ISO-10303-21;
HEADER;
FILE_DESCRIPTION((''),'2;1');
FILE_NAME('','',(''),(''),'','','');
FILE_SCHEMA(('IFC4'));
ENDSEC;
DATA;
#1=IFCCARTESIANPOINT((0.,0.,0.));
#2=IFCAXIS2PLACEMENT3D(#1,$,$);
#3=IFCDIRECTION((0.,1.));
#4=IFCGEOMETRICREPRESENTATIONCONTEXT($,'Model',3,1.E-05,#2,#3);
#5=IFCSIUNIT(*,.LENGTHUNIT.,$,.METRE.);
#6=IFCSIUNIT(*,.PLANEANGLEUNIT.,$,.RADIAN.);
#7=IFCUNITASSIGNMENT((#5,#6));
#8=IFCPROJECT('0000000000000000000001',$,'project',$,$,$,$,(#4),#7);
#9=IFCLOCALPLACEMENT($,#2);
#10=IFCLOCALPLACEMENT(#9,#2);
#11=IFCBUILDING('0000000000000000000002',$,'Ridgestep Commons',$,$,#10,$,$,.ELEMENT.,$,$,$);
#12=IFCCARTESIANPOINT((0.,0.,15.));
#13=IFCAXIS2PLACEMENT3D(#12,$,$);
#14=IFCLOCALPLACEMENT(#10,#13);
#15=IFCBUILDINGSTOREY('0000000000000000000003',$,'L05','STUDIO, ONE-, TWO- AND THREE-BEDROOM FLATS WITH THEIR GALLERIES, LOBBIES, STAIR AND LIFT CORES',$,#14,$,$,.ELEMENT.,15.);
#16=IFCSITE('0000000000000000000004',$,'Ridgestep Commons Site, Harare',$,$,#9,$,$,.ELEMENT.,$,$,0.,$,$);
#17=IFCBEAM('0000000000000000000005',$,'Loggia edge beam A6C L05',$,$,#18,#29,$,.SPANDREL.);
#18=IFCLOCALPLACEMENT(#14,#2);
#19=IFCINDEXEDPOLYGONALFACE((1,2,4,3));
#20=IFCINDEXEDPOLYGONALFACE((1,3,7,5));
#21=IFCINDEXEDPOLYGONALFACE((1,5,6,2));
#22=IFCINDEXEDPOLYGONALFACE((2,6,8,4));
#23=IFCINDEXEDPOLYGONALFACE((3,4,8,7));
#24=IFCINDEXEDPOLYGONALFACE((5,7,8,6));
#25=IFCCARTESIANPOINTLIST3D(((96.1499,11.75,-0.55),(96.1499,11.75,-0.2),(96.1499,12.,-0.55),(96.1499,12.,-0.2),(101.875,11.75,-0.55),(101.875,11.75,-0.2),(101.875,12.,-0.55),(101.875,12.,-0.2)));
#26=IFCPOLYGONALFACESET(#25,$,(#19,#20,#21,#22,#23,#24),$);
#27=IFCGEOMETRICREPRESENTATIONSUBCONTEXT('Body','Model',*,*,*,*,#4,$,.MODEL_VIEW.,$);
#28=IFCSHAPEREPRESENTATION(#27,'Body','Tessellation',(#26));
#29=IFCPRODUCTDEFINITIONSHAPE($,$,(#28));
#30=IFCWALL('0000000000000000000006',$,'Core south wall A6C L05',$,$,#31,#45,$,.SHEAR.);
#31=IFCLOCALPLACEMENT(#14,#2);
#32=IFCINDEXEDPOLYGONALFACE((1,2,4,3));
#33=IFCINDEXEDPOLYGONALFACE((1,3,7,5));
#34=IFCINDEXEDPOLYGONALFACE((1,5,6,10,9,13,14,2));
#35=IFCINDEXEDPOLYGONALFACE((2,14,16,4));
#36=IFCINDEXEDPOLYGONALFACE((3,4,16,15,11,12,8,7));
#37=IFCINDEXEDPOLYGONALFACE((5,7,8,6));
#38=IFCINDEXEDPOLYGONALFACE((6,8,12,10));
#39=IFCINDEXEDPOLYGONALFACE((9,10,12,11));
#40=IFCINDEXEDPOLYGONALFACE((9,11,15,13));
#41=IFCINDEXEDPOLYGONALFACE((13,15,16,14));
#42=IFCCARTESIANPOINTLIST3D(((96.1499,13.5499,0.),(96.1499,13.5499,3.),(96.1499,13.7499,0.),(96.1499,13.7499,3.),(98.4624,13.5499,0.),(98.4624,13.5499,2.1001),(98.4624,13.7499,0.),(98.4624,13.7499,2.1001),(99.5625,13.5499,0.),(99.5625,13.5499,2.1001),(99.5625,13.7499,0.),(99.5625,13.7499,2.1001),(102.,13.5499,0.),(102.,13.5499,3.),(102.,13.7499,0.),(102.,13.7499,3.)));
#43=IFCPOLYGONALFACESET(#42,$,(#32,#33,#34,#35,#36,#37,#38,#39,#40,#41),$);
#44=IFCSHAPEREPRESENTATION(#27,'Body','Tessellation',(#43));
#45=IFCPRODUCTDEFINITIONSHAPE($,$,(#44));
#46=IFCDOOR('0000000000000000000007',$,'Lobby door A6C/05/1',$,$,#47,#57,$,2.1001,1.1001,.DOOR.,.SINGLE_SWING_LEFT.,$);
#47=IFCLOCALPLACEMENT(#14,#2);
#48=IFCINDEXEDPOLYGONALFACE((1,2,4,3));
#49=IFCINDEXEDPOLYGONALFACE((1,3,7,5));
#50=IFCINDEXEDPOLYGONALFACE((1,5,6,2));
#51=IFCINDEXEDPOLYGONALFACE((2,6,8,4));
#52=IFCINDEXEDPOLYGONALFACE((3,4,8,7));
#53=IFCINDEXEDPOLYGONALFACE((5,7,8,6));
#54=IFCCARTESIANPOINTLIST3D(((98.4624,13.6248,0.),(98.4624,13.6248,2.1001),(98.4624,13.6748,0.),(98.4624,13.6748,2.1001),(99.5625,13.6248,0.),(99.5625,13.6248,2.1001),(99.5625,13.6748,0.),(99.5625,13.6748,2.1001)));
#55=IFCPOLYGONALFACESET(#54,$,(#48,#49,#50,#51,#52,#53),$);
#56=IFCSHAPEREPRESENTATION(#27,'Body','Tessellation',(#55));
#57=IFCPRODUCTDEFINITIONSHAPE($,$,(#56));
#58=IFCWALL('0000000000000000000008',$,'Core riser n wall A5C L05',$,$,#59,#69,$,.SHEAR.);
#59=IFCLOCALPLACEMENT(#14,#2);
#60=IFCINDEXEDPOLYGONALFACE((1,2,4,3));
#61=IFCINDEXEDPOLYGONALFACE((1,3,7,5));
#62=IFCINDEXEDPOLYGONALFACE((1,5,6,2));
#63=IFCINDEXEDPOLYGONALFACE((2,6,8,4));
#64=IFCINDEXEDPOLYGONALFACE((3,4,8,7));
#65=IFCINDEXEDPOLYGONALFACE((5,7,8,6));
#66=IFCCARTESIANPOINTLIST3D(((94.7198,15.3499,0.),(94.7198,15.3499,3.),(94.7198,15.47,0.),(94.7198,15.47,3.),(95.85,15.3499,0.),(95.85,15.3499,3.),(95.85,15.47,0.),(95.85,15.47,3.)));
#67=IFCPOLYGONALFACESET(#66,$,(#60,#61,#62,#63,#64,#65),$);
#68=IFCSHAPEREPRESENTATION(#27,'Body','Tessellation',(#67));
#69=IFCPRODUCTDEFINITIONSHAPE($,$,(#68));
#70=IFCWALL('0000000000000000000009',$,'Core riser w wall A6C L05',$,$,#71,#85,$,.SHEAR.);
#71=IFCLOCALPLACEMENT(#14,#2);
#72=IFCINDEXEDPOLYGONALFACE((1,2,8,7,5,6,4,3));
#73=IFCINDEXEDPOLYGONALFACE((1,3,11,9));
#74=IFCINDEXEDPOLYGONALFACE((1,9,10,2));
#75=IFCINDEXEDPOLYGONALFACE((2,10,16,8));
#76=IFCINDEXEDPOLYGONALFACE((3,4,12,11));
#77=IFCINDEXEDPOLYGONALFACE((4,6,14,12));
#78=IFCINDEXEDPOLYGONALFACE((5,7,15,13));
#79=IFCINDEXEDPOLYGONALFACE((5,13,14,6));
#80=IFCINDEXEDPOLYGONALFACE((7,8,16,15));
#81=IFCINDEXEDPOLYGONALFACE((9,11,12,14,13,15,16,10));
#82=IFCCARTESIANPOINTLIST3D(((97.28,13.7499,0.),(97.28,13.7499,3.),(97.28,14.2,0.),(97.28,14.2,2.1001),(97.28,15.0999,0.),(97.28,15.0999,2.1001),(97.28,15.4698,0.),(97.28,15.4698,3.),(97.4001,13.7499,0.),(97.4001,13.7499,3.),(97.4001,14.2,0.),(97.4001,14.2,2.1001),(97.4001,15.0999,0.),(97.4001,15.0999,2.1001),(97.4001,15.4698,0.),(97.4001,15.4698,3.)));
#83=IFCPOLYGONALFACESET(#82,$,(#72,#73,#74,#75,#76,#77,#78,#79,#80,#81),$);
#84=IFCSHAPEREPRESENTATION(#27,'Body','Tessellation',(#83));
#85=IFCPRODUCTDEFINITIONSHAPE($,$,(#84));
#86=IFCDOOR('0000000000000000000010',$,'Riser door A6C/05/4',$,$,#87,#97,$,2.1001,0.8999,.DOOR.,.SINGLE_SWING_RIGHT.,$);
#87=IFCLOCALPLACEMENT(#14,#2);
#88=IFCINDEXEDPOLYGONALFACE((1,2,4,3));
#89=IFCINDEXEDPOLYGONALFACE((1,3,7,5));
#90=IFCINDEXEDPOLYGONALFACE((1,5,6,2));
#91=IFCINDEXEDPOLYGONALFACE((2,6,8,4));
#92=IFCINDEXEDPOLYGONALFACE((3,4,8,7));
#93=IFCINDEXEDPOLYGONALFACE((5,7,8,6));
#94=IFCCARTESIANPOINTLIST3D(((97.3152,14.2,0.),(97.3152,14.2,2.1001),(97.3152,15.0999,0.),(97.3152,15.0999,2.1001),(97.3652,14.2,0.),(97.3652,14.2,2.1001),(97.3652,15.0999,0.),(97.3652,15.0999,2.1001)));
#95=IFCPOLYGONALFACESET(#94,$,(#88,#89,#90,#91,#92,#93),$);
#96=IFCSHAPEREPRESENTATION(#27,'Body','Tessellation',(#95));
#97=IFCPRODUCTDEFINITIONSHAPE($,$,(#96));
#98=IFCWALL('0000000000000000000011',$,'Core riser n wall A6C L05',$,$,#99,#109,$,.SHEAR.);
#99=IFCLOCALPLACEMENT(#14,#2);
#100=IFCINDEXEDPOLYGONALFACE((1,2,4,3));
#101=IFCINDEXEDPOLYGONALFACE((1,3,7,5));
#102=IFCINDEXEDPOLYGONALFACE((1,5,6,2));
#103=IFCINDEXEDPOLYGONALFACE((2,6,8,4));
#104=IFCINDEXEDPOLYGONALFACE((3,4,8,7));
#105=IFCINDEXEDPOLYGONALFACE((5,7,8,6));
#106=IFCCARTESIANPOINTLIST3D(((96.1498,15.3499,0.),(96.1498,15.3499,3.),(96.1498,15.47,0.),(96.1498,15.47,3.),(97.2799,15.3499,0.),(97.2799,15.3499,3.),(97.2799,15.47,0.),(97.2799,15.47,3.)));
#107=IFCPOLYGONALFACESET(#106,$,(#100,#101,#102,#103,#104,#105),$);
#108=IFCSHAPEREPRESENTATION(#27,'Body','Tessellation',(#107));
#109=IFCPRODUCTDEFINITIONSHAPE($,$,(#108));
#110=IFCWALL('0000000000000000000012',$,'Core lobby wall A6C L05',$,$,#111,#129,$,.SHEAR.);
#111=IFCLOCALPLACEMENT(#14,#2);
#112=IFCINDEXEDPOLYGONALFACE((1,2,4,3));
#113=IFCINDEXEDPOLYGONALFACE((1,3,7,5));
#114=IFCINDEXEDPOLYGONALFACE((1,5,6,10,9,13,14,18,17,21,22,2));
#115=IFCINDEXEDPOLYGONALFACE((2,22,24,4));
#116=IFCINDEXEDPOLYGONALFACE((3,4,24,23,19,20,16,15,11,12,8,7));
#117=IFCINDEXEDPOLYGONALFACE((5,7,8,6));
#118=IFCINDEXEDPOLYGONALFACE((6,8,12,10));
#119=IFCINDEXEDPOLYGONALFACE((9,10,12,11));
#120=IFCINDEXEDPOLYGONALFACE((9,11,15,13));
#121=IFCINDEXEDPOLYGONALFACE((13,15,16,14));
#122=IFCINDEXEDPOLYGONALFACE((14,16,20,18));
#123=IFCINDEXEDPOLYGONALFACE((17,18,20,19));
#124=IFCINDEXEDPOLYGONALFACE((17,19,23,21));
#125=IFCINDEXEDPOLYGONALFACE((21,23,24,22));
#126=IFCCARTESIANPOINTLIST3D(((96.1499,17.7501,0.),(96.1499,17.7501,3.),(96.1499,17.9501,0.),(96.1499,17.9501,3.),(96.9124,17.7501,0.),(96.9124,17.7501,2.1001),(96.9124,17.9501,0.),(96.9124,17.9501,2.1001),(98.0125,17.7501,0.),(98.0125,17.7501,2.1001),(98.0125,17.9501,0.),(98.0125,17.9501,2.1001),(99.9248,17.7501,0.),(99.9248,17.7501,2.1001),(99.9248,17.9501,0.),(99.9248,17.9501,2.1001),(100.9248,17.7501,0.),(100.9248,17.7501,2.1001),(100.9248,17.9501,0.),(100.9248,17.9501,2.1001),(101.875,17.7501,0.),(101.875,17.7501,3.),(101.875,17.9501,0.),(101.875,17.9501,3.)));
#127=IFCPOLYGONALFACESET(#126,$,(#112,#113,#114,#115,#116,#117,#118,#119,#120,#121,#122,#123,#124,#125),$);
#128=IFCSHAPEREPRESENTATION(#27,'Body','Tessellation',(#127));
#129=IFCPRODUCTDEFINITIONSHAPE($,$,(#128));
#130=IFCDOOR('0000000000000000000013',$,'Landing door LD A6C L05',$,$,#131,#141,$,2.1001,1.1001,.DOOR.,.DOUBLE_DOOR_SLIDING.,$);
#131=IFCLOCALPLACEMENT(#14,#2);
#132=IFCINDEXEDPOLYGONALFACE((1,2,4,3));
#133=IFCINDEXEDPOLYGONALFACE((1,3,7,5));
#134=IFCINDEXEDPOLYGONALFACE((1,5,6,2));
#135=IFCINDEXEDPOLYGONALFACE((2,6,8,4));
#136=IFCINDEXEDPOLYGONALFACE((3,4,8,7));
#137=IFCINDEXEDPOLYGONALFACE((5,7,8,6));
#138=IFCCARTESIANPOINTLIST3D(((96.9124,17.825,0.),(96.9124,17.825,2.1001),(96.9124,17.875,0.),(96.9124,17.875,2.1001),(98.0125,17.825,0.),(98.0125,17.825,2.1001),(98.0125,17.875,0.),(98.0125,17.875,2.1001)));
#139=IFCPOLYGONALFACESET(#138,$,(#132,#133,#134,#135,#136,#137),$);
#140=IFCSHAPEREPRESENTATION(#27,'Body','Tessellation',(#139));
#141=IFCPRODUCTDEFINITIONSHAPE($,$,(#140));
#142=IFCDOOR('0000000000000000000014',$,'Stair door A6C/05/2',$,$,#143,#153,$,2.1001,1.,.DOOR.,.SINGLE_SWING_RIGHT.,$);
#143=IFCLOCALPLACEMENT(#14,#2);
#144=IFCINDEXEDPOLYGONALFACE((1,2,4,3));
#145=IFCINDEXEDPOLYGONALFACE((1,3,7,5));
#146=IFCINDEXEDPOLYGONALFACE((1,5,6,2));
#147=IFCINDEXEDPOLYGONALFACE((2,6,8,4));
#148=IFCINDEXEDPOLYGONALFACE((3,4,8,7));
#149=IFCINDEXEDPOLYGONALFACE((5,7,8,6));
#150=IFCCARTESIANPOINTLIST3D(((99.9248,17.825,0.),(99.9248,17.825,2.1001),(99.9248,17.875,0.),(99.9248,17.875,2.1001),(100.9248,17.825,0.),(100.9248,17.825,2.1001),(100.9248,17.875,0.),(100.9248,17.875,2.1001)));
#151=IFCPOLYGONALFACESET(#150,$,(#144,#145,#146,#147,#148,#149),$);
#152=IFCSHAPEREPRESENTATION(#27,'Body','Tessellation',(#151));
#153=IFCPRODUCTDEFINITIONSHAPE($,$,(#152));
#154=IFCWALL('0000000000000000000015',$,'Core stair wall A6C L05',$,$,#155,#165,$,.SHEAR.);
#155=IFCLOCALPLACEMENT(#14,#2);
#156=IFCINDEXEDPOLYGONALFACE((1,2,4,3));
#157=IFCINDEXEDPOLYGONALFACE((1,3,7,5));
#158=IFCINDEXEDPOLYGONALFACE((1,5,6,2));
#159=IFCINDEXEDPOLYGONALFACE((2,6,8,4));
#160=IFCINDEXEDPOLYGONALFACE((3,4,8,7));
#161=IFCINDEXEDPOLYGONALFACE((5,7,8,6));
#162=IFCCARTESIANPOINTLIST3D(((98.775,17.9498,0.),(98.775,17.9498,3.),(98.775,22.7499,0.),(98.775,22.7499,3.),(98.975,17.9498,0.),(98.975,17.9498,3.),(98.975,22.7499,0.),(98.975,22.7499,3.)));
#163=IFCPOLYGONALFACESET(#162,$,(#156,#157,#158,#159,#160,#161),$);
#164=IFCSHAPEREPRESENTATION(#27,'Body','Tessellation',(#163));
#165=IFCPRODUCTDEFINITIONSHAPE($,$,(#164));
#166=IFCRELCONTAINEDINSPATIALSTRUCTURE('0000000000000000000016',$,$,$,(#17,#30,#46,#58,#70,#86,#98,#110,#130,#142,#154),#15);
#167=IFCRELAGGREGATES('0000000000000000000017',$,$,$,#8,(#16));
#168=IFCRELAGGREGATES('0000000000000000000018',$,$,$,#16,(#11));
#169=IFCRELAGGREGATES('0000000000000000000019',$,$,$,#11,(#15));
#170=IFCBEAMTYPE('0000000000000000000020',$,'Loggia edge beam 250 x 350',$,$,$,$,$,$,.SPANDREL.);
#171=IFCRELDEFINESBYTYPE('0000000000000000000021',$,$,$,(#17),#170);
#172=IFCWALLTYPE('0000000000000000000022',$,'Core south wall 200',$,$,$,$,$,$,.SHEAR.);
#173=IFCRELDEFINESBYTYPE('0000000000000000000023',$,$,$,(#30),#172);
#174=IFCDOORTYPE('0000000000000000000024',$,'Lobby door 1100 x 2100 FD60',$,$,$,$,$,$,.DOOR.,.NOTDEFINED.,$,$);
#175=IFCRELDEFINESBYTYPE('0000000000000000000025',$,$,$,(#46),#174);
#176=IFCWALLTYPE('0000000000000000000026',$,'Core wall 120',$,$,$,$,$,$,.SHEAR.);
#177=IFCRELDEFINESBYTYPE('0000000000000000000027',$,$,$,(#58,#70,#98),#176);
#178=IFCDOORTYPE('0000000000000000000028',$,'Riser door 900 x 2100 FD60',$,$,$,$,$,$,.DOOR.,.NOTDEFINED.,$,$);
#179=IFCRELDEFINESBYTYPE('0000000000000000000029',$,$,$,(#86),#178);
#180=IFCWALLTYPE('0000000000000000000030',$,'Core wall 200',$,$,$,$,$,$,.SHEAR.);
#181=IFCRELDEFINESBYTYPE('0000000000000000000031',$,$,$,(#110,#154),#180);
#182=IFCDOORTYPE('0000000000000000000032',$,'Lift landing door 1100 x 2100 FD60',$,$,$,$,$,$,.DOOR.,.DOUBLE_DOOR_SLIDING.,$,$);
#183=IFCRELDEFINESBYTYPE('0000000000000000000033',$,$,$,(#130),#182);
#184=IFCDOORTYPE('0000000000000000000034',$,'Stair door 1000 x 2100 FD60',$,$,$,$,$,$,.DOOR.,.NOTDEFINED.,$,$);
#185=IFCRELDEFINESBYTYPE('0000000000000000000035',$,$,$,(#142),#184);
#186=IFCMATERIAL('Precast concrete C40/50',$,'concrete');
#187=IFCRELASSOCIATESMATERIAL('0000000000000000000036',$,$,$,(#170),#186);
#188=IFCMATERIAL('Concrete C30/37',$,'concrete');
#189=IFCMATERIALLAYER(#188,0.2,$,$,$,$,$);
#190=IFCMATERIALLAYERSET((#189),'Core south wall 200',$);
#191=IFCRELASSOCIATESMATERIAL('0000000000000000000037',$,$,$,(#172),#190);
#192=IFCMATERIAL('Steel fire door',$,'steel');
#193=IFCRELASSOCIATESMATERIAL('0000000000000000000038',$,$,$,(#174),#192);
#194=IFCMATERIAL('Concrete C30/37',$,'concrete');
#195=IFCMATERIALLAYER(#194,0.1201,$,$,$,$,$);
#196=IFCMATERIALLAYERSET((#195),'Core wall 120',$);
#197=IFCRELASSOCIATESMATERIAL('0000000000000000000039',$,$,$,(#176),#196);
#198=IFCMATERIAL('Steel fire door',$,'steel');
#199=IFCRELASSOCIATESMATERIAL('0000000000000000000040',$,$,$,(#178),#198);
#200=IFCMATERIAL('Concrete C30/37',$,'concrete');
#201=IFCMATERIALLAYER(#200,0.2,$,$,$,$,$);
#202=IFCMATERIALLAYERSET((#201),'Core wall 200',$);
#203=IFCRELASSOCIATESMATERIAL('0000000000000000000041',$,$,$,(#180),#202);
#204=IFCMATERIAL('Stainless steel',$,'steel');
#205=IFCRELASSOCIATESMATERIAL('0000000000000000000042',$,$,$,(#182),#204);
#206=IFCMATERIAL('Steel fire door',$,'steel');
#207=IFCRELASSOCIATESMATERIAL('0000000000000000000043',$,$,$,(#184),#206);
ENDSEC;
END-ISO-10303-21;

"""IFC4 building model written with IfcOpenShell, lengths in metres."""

from ifc_helpers import new_model, si_unit, direction, frame, frame_2d, origin, origin_2d, place, context, subcontext, project, spatial, rectangle, extrude, material, layer, layer_set, material_profile, profile_set, type_object, element, fill, save


model = new_model("IFC4")

# Units and contexts
model_context = context("Model", 3, precision=1e-05, world=origin(), true_north=direction((0.0, 1.0)))
body_context = subcontext(model_context, "Body", "Model", "MODEL_VIEW")
ifc_project = project(units=[si_unit("LENGTHUNIT", "METRE"), si_unit("PLANEANGLEUNIT", "RADIAN")], contexts=[model_context])

# Site, building, storey
site_placement = place(None, origin())
site = spatial("IfcSite", under=ifc_project, at=site_placement, Name="Ridgestep Commons Site, Harare", CompositionType="ELEMENT", RefElevation=0.0)
building_placement = place(site_placement, origin())
building = spatial("IfcBuilding", under=site, at=building_placement, Name="Ridgestep Commons", CompositionType="ELEMENT")
storey_placement = place(building_placement, frame((0.0, 0.0, 15.0)))
storey = spatial("IfcBuildingStorey", under=building, at=storey_placement, Name="L05", Description="STUDIO, ONE-, TWO- AND THREE-BEDROOM FLATS WITH THEIR GALLERIES, LOBBIES, STAIR AND LIFT CORES", CompositionType="ELEMENT", Elevation=15.0)

# Beam
ifc_material_1 = material(Name="Precast concrete C40/50", Category="concrete")
ifc_material_profile = material_profile(ifc_material_1, rectangle(XDim=0.25, YDim=0.3501, at=origin_2d()), Name="PC 250x350")
ifc_profile_set = profile_set([ifc_material_profile], Name="Precast concrete C40/50")
beam_type = type_object("IfcBeamType", Name="Loggia edge beam 250 x 350", PredefinedType="SPANDREL", material=ifc_profile_set)
beam_placement = place(storey_placement, frame((96.1499, 11.875, -0.375), z_axis=(1.0, 0.0, 0.0), x_axis=(0.0, 1.0, 0.0)))
element("IfcBeam", 1, at=beam_placement, inside=storey, type_object=beam_type, Name="Loggia edge beam A6C L05", PredefinedType="SPANDREL", context=body_context, shape_type="SweptSolid", body=[
    extrude(rectangle(XDim=0.25, YDim=0.3501, at=origin_2d()), origin(), (0.0, 0.0, 1.0), 5.7251),
])

# Wall, opening, door
ifc_material_2 = material(Name="Concrete C30/37", Category="concrete")
ifc_layer_1 = layer(ifc_material_2, 0.2)
ifc_layer_set_1 = layer_set([ifc_layer_1], Name="Core south wall 200")
wall_type_1 = type_object("IfcWallType", Name="Core south wall 200", PredefinedType="SHEAR", material=ifc_layer_set_1)
wall_1_placement = place(storey_placement, frame((96.1499, 13.6499, 0.0), z_axis=(0.0, 0.0, 1.0), x_axis=(1.0, 0.0, 0.0)))
wall_1 = element("IfcWall", 2, at=wall_1_placement, inside=storey, type_object=wall_type_1, Name="Core south wall A6C L05", PredefinedType="SHEAR", context=body_context, shape_type="SweptSolid", body=[
    extrude(rectangle(XDim=5.8501, YDim=0.2, at=frame_2d((2.925, 0.0))), origin(), (0.0, 0.0, 1.0), 3.0),
])
opening_1_placement = place(wall_1_placement, frame((2.3125, 0.0, 0.0)))
opening_1 = element("IfcOpeningElement", 3, at=opening_1_placement, cuts=wall_1, PredefinedType="OPENING", context=body_context, shape_type="SweptSolid", body=[
    extrude(rectangle(XDim=1.1001, YDim=2.1001, at=frame_2d((0.55, 1.05))), frame((0.0, 0.1099, 0.0), z_axis=(0.0, -1.0, 0.0), x_axis=(1.0, 0.0, 0.0)), (0.0, 0.0, 1.0), 0.22),
])
ifc_material_3 = material(Name="Steel fire door", Category="steel")
door_type_1 = type_object("IfcDoorType", Name="Lobby door 1100 x 2100 FD60", OperationType="NOTDEFINED", PredefinedType="DOOR", material=ifc_material_3)
door_1_placement = place(opening_1_placement, origin())
door_1 = element("IfcDoor", 4, at=door_1_placement, inside=storey, type_object=door_type_1, Name="Lobby door A6C/05/1", OperationType="SINGLE_SWING_LEFT", OverallHeight=2.1001, OverallWidth=1.1001, PredefinedType="DOOR", context=body_context, shape_type="SweptSolid", body=[
    extrude(rectangle(XDim=1.1001, YDim=2.1001, at=frame_2d((0.55, 1.05))), frame((0.0, 0.0249, 0.0), z_axis=(0.0, -1.0, 0.0), x_axis=(1.0, 0.0, 0.0)), (0.0, 0.0, 1.0), 0.05),
])
fill(opening_1, door_1)

# Wall
ifc_material_4 = material(Name="Concrete C30/37", Category="concrete")
ifc_layer_2 = layer(ifc_material_4, 0.1201)
ifc_layer_set_2 = layer_set([ifc_layer_2], Name="Core wall 120")
wall_type_2 = type_object("IfcWallType", Name="Core wall 120", PredefinedType="SHEAR", material=ifc_layer_set_2)
wall_2_placement = place(storey_placement, frame((94.72, 15.4099, 0.0), z_axis=(0.0, 0.0, 1.0), x_axis=(1.0, 0.0, 0.0)))
element("IfcWall", 5, at=wall_2_placement, inside=storey, type_object=wall_type_2, Name="Core riser n wall A5C L05", PredefinedType="SHEAR", context=body_context, shape_type="SweptSolid", body=[
    extrude(rectangle(XDim=1.1301, YDim=0.1201, at=frame_2d((0.5649, 0.0))), origin(), (0.0, 0.0, 1.0), 3.0),
])

# Wall, opening, door
wall_3_placement = place(storey_placement, frame((97.3401, 13.75, 0.0), z_axis=(0.0, 0.0, 1.0), x_axis=(0.0, 1.0, 0.0)))
wall_3 = element("IfcWall", 6, at=wall_3_placement, inside=storey, type_object=wall_type_2, Name="Core riser w wall A6C L05", PredefinedType="SHEAR", context=body_context, shape_type="SweptSolid", body=[
    extrude(rectangle(XDim=1.72, YDim=0.1201, at=frame_2d((0.8599, 0.0))), origin(), (0.0, 0.0, 1.0), 3.0),
])
opening_2_placement = place(wall_3_placement, frame((0.45, 0.0, 0.0)))
opening_2 = element("IfcOpeningElement", 7, at=opening_2_placement, cuts=wall_3, PredefinedType="OPENING", context=body_context, shape_type="SweptSolid", body=[
    extrude(rectangle(XDim=0.8999, YDim=2.1001, at=frame_2d((0.45, 1.05))), frame((0.0, 0.0701, 0.0), z_axis=(0.0, -1.0, 0.0), x_axis=(1.0, 0.0, 0.0)), (0.0, 0.0, 1.0), 0.1401),
])
ifc_material_5 = material(Name="Steel fire door", Category="steel")
door_type_2 = type_object("IfcDoorType", Name="Riser door 900 x 2100 FD60", OperationType="NOTDEFINED", PredefinedType="DOOR", material=ifc_material_5)
door_2_placement = place(opening_2_placement, origin())
door_2 = element("IfcDoor", 8, at=door_2_placement, inside=storey, type_object=door_type_2, Name="Riser door A6C/05/4", OperationType="SINGLE_SWING_RIGHT", OverallHeight=2.1001, OverallWidth=0.8999, PredefinedType="DOOR", context=body_context, shape_type="SweptSolid", body=[
    extrude(rectangle(XDim=0.8999, YDim=2.1001, at=frame_2d((0.45, 1.05))), frame((0.0, 0.0249, 0.0), z_axis=(0.0, -1.0, 0.0), x_axis=(1.0, 0.0, 0.0)), (0.0, 0.0, 1.0), 0.05),
])
fill(opening_2, door_2)

# Wall
wall_4_placement = place(storey_placement, frame((96.1499, 15.4099, 0.0), z_axis=(0.0, 0.0, 1.0), x_axis=(1.0, 0.0, 0.0)))
element("IfcWall", 9, at=wall_4_placement, inside=storey, type_object=wall_type_2, Name="Core riser n wall A6C L05", PredefinedType="SHEAR", context=body_context, shape_type="SweptSolid", body=[
    extrude(rectangle(XDim=1.1301, YDim=0.1201, at=frame_2d((0.5649, 0.0))), origin(), (0.0, 0.0, 1.0), 3.0),
])

# Wall, openings, doors
ifc_material_6 = material(Name="Concrete C30/37", Category="concrete")
ifc_layer_3 = layer(ifc_material_6, 0.2)
ifc_layer_set_3 = layer_set([ifc_layer_3], Name="Core wall 200")
wall_type_3 = type_object("IfcWallType", Name="Core wall 200", PredefinedType="SHEAR", material=ifc_layer_set_3)
wall_5_placement = place(storey_placement, frame((96.1499, 17.8501, 0.0), z_axis=(0.0, 0.0, 1.0), x_axis=(1.0, 0.0, 0.0)))
wall_5 = element("IfcWall", 10, at=wall_5_placement, inside=storey, type_object=wall_type_3, Name="Core lobby wall A6C L05", PredefinedType="SHEAR", context=body_context, shape_type="SweptSolid", body=[
    extrude(rectangle(XDim=5.7251, YDim=0.2, at=frame_2d((2.8625, 0.0))), origin(), (0.0, 0.0, 1.0), 3.0),
])
opening_3_placement = place(wall_5_placement, frame((3.7749, 0.0, 0.0)))
opening_3 = element("IfcOpeningElement", 11, at=opening_3_placement, cuts=wall_5, PredefinedType="OPENING", context=body_context, shape_type="SweptSolid", body=[
    extrude(rectangle(XDim=1.0, YDim=2.1001, at=frame_2d((0.5, 1.05))), frame((0.0, 0.1099, 0.0), z_axis=(0.0, -1.0, 0.0), x_axis=(1.0, 0.0, 0.0)), (0.0, 0.0, 1.0), 0.22),
])
opening_4_placement = place(wall_5_placement, frame((0.7625, 0.0, 0.0)))
opening_4 = element("IfcOpeningElement", 12, at=opening_4_placement, cuts=wall_5, PredefinedType="OPENING", context=body_context, shape_type="SweptSolid", body=[
    extrude(rectangle(XDim=1.1001, YDim=2.1001, at=frame_2d((0.55, 1.05))), frame((0.0, 0.1099, 0.0), z_axis=(0.0, -1.0, 0.0), x_axis=(1.0, 0.0, 0.0)), (0.0, 0.0, 1.0), 0.22),
])
ifc_material_7 = material(Name="Stainless steel", Category="steel")
door_type_3 = type_object("IfcDoorType", Name="Lift landing door 1100 x 2100 FD60", OperationType="DOUBLE_DOOR_SLIDING", PredefinedType="DOOR", material=ifc_material_7)
door_3_placement = place(opening_4_placement, origin())
door_3 = element("IfcDoor", 13, at=door_3_placement, inside=storey, type_object=door_type_3, Name="Landing door LD A6C L05", OperationType="DOUBLE_DOOR_SLIDING", OverallHeight=2.1001, OverallWidth=1.1001, PredefinedType="DOOR", context=body_context, shape_type="SweptSolid", body=[
    extrude(rectangle(XDim=1.1001, YDim=2.1001, at=frame_2d((0.55, 1.05))), frame((0.0, 0.0249, 0.0), z_axis=(0.0, -1.0, 0.0), x_axis=(1.0, 0.0, 0.0)), (0.0, 0.0, 1.0), 0.05),
])
fill(opening_4, door_3)
ifc_material_8 = material(Name="Steel fire door", Category="steel")
door_type_4 = type_object("IfcDoorType", Name="Stair door 1000 x 2100 FD60", OperationType="NOTDEFINED", PredefinedType="DOOR", material=ifc_material_8)
door_4_placement = place(opening_3_placement, origin())
door_4 = element("IfcDoor", 14, at=door_4_placement, inside=storey, type_object=door_type_4, Name="Stair door A6C/05/2", OperationType="SINGLE_SWING_RIGHT", OverallHeight=2.1001, OverallWidth=1.0, PredefinedType="DOOR", context=body_context, shape_type="SweptSolid", body=[
    extrude(rectangle(XDim=1.0, YDim=2.1001, at=frame_2d((0.5, 1.05))), frame((0.0, 0.0249, 0.0), z_axis=(0.0, -1.0, 0.0), x_axis=(1.0, 0.0, 0.0)), (0.0, 0.0, 1.0), 0.05),
])
fill(opening_3, door_4)

# Wall
wall_6_placement = place(storey_placement, frame((98.875, 17.95, 0.0), z_axis=(0.0, 0.0, 1.0), x_axis=(0.0, 1.0, 0.0)))
element("IfcWall", 15, at=wall_6_placement, inside=storey, type_object=wall_type_3, Name="Core stair wall A6C L05", PredefinedType="SHEAR", context=body_context, shape_type="SweptSolid", body=[
    extrude(rectangle(XDim=4.8, YDim=0.2, at=frame_2d((2.3999, 0.0))), origin(), (0.0, 0.0, 1.0), 3.0),
])

save(model, "model.ifc")
